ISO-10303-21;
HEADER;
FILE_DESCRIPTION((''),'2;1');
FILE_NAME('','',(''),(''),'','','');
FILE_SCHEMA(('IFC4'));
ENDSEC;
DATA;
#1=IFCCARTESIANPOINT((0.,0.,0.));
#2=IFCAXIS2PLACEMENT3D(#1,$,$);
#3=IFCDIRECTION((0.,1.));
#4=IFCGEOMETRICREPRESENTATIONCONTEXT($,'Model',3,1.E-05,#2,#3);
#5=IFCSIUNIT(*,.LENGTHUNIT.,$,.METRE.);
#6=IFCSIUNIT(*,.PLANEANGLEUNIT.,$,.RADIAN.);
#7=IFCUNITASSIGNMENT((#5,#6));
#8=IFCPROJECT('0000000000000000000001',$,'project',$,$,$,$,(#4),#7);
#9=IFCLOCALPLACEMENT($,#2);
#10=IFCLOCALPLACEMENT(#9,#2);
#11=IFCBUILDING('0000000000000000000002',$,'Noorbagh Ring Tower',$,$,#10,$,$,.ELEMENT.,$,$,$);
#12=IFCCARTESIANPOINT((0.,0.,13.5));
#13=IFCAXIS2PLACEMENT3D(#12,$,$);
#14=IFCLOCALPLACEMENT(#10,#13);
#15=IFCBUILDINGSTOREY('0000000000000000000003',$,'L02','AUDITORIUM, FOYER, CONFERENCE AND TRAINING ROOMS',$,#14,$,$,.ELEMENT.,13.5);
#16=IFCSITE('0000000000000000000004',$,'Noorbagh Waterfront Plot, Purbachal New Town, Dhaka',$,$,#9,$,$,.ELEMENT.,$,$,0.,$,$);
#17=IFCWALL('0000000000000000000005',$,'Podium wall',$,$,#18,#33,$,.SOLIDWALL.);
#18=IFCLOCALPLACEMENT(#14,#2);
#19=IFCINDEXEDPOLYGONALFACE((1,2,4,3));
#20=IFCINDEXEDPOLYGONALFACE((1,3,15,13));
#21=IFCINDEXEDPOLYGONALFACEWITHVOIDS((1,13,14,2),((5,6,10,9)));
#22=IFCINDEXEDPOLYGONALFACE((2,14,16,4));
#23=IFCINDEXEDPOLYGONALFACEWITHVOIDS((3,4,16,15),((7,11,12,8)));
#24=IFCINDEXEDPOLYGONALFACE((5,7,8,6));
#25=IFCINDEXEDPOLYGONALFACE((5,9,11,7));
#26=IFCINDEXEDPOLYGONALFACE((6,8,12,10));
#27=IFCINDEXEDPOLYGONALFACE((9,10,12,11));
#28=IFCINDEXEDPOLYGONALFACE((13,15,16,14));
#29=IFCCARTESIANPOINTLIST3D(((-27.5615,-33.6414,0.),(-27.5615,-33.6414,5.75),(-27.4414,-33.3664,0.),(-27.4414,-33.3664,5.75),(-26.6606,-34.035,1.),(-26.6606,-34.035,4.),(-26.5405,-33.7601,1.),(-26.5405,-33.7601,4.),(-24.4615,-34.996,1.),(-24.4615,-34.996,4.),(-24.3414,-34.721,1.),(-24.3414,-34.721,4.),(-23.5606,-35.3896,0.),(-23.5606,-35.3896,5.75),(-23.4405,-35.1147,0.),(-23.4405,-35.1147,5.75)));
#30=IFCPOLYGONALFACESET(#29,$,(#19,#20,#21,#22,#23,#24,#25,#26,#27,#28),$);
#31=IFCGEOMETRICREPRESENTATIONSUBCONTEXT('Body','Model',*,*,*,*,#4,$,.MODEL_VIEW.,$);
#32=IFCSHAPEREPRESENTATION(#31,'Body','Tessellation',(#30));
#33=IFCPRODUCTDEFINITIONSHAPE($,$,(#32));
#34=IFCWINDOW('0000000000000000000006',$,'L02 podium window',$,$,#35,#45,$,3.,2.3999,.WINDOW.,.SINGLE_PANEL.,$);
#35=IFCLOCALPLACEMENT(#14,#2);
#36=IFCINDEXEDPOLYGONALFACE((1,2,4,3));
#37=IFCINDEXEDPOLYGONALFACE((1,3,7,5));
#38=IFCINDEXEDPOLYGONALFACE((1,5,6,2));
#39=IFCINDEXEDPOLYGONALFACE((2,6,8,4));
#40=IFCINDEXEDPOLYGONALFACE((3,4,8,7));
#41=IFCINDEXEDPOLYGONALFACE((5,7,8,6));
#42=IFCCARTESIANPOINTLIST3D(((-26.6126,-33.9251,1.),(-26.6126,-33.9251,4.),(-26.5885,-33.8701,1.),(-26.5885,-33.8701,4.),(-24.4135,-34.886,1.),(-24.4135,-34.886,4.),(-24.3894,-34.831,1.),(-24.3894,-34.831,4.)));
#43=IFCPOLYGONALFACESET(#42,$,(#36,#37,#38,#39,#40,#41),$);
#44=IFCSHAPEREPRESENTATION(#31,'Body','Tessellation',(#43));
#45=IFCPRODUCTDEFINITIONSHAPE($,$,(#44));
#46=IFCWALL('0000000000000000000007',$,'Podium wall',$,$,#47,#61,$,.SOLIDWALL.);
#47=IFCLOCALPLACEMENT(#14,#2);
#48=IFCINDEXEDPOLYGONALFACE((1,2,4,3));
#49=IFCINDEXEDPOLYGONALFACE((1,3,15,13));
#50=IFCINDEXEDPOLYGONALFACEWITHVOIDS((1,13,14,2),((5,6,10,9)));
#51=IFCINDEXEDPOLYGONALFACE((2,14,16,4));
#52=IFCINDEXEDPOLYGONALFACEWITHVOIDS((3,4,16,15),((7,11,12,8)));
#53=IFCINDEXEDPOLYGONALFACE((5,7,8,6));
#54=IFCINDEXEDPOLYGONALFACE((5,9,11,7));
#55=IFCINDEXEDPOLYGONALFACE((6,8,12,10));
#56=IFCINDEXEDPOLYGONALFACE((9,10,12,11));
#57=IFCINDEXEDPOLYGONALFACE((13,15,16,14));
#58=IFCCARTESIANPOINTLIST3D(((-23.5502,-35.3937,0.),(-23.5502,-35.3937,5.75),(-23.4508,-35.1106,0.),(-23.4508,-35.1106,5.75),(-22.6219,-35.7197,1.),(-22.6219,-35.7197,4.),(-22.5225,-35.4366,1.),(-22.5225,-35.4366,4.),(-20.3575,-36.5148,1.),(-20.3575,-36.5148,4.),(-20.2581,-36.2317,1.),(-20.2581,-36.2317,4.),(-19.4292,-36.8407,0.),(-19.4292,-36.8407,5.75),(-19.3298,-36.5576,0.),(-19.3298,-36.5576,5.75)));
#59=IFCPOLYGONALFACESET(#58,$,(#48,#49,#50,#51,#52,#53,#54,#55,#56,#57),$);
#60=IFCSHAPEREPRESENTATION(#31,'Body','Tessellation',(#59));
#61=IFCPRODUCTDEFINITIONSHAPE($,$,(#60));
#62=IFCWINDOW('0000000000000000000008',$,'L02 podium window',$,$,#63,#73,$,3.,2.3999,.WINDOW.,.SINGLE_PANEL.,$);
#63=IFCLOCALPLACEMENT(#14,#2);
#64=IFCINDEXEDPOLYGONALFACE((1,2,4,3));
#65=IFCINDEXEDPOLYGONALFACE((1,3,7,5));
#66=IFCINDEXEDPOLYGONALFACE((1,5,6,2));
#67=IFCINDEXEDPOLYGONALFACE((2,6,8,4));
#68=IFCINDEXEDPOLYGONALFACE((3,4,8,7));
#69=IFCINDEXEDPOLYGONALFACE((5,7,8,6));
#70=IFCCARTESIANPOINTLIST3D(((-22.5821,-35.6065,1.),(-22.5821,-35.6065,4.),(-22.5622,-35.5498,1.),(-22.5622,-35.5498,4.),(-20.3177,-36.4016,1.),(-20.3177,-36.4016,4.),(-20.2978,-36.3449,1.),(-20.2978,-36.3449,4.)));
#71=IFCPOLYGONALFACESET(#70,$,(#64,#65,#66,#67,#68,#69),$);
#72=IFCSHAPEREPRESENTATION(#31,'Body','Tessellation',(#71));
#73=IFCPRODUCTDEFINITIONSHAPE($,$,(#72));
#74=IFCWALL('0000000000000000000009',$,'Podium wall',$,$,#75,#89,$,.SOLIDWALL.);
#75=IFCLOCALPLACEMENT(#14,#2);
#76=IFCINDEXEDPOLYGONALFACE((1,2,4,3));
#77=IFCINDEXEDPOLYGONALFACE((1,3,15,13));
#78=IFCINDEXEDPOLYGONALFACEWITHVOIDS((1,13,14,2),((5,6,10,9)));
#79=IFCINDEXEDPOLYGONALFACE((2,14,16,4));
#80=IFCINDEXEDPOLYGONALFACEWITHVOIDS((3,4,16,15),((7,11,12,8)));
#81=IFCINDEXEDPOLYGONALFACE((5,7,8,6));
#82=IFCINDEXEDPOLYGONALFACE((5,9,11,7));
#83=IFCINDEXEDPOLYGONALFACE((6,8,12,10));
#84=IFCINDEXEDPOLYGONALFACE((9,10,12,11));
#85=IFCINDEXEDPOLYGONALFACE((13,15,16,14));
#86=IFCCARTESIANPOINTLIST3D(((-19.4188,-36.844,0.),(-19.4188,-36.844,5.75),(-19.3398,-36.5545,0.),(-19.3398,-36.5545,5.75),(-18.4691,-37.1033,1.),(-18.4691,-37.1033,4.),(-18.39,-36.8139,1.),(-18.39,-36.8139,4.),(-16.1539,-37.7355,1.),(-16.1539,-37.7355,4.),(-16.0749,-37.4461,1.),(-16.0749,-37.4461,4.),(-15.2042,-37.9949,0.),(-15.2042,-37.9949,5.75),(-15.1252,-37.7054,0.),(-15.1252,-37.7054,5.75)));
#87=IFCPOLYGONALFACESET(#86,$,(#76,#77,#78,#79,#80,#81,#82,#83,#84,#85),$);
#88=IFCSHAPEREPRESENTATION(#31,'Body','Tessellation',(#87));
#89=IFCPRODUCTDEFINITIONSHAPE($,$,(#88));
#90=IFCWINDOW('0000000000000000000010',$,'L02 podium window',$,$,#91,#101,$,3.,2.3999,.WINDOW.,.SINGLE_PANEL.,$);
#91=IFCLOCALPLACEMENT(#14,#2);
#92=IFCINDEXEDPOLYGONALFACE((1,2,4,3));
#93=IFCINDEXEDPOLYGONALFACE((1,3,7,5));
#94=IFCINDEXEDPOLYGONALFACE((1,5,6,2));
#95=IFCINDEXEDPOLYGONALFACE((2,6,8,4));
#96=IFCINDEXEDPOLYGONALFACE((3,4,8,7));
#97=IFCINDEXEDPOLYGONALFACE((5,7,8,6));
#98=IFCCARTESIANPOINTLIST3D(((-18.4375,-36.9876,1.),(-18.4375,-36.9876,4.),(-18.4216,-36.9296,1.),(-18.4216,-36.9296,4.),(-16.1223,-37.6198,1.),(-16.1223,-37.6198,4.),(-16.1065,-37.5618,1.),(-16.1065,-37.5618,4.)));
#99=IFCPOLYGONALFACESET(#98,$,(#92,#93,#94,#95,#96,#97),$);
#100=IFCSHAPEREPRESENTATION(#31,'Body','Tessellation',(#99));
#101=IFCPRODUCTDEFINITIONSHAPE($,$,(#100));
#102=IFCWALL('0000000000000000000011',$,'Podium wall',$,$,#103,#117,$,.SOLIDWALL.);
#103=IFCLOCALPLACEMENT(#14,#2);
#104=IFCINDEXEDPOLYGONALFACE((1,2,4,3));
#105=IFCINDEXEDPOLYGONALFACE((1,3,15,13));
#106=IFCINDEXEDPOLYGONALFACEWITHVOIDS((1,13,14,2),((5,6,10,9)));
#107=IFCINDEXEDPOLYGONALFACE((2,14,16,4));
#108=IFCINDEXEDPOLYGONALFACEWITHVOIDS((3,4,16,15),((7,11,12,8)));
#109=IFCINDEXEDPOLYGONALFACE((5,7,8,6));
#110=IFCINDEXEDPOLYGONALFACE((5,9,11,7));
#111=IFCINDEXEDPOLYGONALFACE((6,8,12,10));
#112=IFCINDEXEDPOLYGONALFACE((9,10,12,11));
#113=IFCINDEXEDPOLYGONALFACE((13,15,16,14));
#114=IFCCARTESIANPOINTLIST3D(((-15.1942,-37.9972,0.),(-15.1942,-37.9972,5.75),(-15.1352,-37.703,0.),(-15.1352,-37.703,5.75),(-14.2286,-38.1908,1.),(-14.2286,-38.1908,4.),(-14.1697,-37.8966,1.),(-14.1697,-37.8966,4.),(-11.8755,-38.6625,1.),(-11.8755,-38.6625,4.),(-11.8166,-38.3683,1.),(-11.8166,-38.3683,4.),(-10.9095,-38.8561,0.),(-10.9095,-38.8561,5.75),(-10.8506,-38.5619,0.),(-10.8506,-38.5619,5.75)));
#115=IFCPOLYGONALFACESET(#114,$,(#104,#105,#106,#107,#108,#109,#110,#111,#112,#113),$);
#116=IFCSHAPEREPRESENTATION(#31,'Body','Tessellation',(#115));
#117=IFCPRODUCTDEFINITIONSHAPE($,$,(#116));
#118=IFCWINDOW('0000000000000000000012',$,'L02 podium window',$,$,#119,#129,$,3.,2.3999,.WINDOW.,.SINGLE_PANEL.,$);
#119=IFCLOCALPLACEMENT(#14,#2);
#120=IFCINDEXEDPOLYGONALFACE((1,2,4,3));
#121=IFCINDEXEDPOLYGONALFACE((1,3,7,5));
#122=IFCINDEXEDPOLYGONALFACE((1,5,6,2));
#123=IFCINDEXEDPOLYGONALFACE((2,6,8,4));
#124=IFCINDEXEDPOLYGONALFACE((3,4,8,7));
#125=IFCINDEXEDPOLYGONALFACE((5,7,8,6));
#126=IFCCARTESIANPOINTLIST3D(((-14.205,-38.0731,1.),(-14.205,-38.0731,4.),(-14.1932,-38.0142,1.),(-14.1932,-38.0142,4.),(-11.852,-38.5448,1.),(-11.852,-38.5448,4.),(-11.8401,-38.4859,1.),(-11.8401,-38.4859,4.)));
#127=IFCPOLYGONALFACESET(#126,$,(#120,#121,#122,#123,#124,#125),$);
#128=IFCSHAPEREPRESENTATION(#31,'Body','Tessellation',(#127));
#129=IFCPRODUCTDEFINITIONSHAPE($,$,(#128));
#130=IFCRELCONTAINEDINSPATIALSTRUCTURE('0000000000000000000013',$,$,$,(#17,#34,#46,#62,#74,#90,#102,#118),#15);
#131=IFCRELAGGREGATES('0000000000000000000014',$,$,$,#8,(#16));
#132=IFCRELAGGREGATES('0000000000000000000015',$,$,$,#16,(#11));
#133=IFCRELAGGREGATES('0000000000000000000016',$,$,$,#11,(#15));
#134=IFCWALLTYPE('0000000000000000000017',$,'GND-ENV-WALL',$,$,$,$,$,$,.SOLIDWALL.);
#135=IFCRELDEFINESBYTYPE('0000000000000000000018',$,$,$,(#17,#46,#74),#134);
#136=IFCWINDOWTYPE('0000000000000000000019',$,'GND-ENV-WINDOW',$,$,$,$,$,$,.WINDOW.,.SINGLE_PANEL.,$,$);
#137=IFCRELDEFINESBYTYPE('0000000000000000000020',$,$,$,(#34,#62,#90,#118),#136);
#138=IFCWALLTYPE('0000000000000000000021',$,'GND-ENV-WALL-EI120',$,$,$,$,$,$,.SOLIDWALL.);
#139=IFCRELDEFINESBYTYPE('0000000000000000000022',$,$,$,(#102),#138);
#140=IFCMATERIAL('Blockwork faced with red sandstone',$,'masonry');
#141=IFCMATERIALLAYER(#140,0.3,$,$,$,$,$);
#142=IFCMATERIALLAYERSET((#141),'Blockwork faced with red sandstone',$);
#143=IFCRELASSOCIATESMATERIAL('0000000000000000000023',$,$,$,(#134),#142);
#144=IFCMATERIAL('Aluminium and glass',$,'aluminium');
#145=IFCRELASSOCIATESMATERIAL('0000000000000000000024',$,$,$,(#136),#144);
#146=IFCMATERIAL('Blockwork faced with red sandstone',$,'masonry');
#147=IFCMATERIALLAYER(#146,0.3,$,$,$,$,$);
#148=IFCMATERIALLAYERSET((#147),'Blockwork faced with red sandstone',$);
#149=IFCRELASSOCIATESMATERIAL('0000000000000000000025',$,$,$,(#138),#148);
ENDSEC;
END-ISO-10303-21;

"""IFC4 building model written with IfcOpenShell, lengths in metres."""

from ifc_helpers import new_model, si_unit, direction, frame, frame_2d, origin, place, context, subcontext, project, spatial, rectangle, extrude, material, layer, layer_set, type_object, element, fill, save


model = new_model("IFC4")

# Units and contexts
model_context = context("Model", 3, precision=1e-05, world=origin(), true_north=direction((0.0, 1.0)))
body_context = subcontext(model_context, "Body", "Model", "MODEL_VIEW")
ifc_project = project(units=[si_unit("LENGTHUNIT", "METRE"), si_unit("PLANEANGLEUNIT", "RADIAN")], contexts=[model_context])

# Site, building, storey
site_placement = place(None, origin())
site = spatial("IfcSite", under=ifc_project, at=site_placement, Name="Noorbagh Waterfront Plot, Purbachal New Town, Dhaka", CompositionType="ELEMENT", RefElevation=0.0)
building_placement = place(site_placement, origin())
building = spatial("IfcBuilding", under=site, at=building_placement, Name="Noorbagh Ring Tower", CompositionType="ELEMENT")
storey_placement = place(building_placement, frame((0.0, 0.0, 13.5)))
storey = spatial("IfcBuildingStorey", under=building, at=storey_placement, Name="L02", Description="AUDITORIUM, FOYER, CONFERENCE AND TRAINING ROOMS", CompositionType="ELEMENT", Elevation=13.5)

# Walls, openings, windows
ifc_material_1 = material(Name="Blockwork faced with red sandstone", Category="masonry")
ifc_layer_1 = layer(ifc_material_1, 0.3)
ifc_layer_set_1 = layer_set([ifc_layer_1], Name="Blockwork faced with red sandstone")
wall_type_1 = type_object("IfcWallType", Name="GND-ENV-WALL", PredefinedType="SOLIDWALL", material=ifc_layer_set_1)
wall_1_placement = place(storey_placement, frame((-27.5015, -33.5039, 0.0), z_axis=(0.0, 0.0, 1.0), x_axis=(0.916337, -0.400408, 0.0)))
wall_1 = element("IfcWall", 1, at=wall_1_placement, inside=storey, type_object=wall_type_1, Name="Podium wall", PredefinedType="SOLIDWALL", context=body_context, shape_type="SweptSolid", body=[
    extrude(rectangle(XDim=4.3662, YDim=0.3, at=frame_2d((2.1831, 0.0))), origin(), (0.0, 0.0, 1.0), 5.75),
])
opening_1_placement = place(wall_1_placement, frame((0.9832, 0.0, 1.0)))
opening_1 = element("IfcOpeningElement", 2, at=opening_1_placement, cuts=wall_1, PredefinedType="OPENING", context=body_context, shape_type="SweptSolid", body=[
    extrude(rectangle(XDim=2.3999, YDim=3.0, at=frame_2d((1.2, 1.5))), frame((0.0, 0.1602, 0.0), z_axis=(0.0, -1.0, 0.0), x_axis=(1.0, 0.0, 0.0)), (0.0, 0.0, 1.0), 0.3201),
])
ifc_material_2 = material(Name="Aluminium and glass", Category="aluminium")
window_type = type_object("IfcWindowType", Name="GND-ENV-WINDOW", PartitioningType="SINGLE_PANEL", PredefinedType="WINDOW", material=ifc_material_2)
window_1_placement = place(opening_1_placement, origin())
window_1 = element("IfcWindow", 3, at=window_1_placement, inside=storey, type_object=window_type, Name="L02 podium window", OverallHeight=3.0, OverallWidth=2.3999, PartitioningType="SINGLE_PANEL", PredefinedType="WINDOW", context=body_context, shape_type="SweptSolid", body=[
    extrude(rectangle(XDim=2.3999, YDim=3.0, at=frame_2d((1.2, 1.5))), frame((0.0, 0.03, 0.0), z_axis=(0.0, -1.0, 0.0), x_axis=(1.0, 0.0, 0.0)), (0.0, 0.0, 1.0), 0.0601),
])
fill(opening_1, window_1)
wall_2_placement = place(storey_placement, frame((-23.5005, -35.2522, 0.0), z_axis=(0.0, 0.0, 1.0), x_axis=(0.943527, -0.331296, 0.0)))
wall_2 = element("IfcWall", 4, at=wall_2_placement, inside=storey, type_object=wall_type_1, Name="Podium wall", PredefinedType="SOLIDWALL", context=body_context, shape_type="SweptSolid", body=[
    extrude(rectangle(XDim=4.3677, YDim=0.3, at=frame_2d((2.1838, 0.0))), origin(), (0.0, 0.0, 1.0), 5.75),
])
opening_2_placement = place(wall_2_placement, frame((0.9839, 0.0, 1.0)))
opening_2 = element("IfcOpeningElement", 5, at=opening_2_placement, cuts=wall_2, PredefinedType="OPENING", context=body_context, shape_type="SweptSolid", body=[
    extrude(rectangle(XDim=2.3999, YDim=3.0, at=frame_2d((1.2, 1.5))), frame((0.0, 0.1602, 0.0), z_axis=(0.0, -1.0, 0.0), x_axis=(1.0, 0.0, 0.0)), (0.0, 0.0, 1.0), 0.3201),
])
window_2_placement = place(opening_2_placement, origin())
window_2 = element("IfcWindow", 6, at=window_2_placement, inside=storey, type_object=window_type, Name="L02 podium window", OverallHeight=3.0, OverallWidth=2.3999, PartitioningType="SINGLE_PANEL", PredefinedType="WINDOW", context=body_context, shape_type="SweptSolid", body=[
    extrude(rectangle(XDim=2.3999, YDim=3.0, at=frame_2d((1.2, 1.5))), frame((0.0, 0.03, 0.0), z_axis=(0.0, -1.0, 0.0), x_axis=(1.0, 0.0, 0.0)), (0.0, 0.0, 1.0), 0.0601),
])
fill(opening_2, window_2)
wall_3_placement = place(storey_placement, frame((-19.3794, -36.6992, 0.0), z_axis=(0.0, 0.0, 1.0), x_axis=(0.96468, -0.263425, 0.0)))
wall_3 = element("IfcWall", 7, at=wall_3_placement, inside=storey, type_object=wall_type_1, Name="Podium wall", PredefinedType="SOLIDWALL", context=body_context, shape_type="SweptSolid", body=[
    extrude(rectangle(XDim=4.3689, YDim=0.3, at=frame_2d((2.1846, 0.0))), origin(), (0.0, 0.0, 1.0), 5.75),
])
opening_3_placement = place(wall_3_placement, frame((0.9846, 0.0, 1.0)))
opening_3 = element("IfcOpeningElement", 8, at=opening_3_placement, cuts=wall_3, PredefinedType="OPENING", context=body_context, shape_type="SweptSolid", body=[
    extrude(rectangle(XDim=2.3999, YDim=3.0, at=frame_2d((1.2, 1.5))), frame((0.0, 0.1602, 0.0), z_axis=(0.0, -1.0, 0.0), x_axis=(1.0, 0.0, 0.0)), (0.0, 0.0, 1.0), 0.3201),
])
window_3_placement = place(opening_3_placement, origin())
window_3 = element("IfcWindow", 9, at=window_3_placement, inside=storey, type_object=window_type, Name="L02 podium window", OverallHeight=3.0, OverallWidth=2.3999, PartitioningType="SINGLE_PANEL", PredefinedType="WINDOW", context=body_context, shape_type="SweptSolid", body=[
    extrude(rectangle(XDim=2.3999, YDim=3.0, at=frame_2d((1.2, 1.5))), frame((0.0, 0.03, 0.0), z_axis=(0.0, -1.0, 0.0), x_axis=(1.0, 0.0, 0.0)), (0.0, 0.0, 1.0), 0.0601),
])
fill(opening_3, window_3)
ifc_material_3 = material(Name="Blockwork faced with red sandstone", Category="masonry")
ifc_layer_2 = layer(ifc_material_3, 0.3)
ifc_layer_set_2 = layer_set([ifc_layer_2], Name="Blockwork faced with red sandstone")
wall_type_2 = type_object("IfcWallType", Name="GND-ENV-WALL-EI120", PredefinedType="SOLIDWALL", material=ifc_layer_set_2)
wall_4_placement = place(storey_placement, frame((-15.1648, -37.8501, 0.0), z_axis=(0.0, 0.0, 1.0), x_axis=(0.980495, -0.196546, 0.0)))
wall_4 = element("IfcWall", 10, at=wall_4_placement, inside=storey, type_object=wall_type_2, Name="Podium wall", PredefinedType="SOLIDWALL", context=body_context, shape_type="SweptSolid", body=[
    extrude(rectangle(XDim=4.3699, YDim=0.3, at=frame_2d((2.1851, 0.0))), origin(), (0.0, 0.0, 1.0), 5.75),
])
opening_4_placement = place(wall_4_placement, frame((0.9849, 0.0, 1.0)))
opening_4 = element("IfcOpeningElement", 11, at=opening_4_placement, cuts=wall_4, PredefinedType="OPENING", context=body_context, shape_type="SweptSolid", body=[
    extrude(rectangle(XDim=2.3999, YDim=3.0, at=frame_2d((1.2, 1.5))), frame((0.0, 0.1602, 0.0), z_axis=(0.0, -1.0, 0.0), x_axis=(1.0, 0.0, 0.0)), (0.0, 0.0, 1.0), 0.3201),
])
window_4_placement = place(opening_4_placement, origin())
window_4 = element("IfcWindow", 12, at=window_4_placement, inside=storey, type_object=window_type, Name="L02 podium window", OverallHeight=3.0, OverallWidth=2.3999, PartitioningType="SINGLE_PANEL", PredefinedType="WINDOW", context=body_context, shape_type="SweptSolid", body=[
    extrude(rectangle(XDim=2.3999, YDim=3.0, at=frame_2d((1.2, 1.5))), frame((0.0, 0.03, 0.0), z_axis=(0.0, -1.0, 0.0), x_axis=(1.0, 0.0, 0.0)), (0.0, 0.0, 1.0), 0.0601),
])
fill(opening_4, window_4)

save(model, "model.ifc")
